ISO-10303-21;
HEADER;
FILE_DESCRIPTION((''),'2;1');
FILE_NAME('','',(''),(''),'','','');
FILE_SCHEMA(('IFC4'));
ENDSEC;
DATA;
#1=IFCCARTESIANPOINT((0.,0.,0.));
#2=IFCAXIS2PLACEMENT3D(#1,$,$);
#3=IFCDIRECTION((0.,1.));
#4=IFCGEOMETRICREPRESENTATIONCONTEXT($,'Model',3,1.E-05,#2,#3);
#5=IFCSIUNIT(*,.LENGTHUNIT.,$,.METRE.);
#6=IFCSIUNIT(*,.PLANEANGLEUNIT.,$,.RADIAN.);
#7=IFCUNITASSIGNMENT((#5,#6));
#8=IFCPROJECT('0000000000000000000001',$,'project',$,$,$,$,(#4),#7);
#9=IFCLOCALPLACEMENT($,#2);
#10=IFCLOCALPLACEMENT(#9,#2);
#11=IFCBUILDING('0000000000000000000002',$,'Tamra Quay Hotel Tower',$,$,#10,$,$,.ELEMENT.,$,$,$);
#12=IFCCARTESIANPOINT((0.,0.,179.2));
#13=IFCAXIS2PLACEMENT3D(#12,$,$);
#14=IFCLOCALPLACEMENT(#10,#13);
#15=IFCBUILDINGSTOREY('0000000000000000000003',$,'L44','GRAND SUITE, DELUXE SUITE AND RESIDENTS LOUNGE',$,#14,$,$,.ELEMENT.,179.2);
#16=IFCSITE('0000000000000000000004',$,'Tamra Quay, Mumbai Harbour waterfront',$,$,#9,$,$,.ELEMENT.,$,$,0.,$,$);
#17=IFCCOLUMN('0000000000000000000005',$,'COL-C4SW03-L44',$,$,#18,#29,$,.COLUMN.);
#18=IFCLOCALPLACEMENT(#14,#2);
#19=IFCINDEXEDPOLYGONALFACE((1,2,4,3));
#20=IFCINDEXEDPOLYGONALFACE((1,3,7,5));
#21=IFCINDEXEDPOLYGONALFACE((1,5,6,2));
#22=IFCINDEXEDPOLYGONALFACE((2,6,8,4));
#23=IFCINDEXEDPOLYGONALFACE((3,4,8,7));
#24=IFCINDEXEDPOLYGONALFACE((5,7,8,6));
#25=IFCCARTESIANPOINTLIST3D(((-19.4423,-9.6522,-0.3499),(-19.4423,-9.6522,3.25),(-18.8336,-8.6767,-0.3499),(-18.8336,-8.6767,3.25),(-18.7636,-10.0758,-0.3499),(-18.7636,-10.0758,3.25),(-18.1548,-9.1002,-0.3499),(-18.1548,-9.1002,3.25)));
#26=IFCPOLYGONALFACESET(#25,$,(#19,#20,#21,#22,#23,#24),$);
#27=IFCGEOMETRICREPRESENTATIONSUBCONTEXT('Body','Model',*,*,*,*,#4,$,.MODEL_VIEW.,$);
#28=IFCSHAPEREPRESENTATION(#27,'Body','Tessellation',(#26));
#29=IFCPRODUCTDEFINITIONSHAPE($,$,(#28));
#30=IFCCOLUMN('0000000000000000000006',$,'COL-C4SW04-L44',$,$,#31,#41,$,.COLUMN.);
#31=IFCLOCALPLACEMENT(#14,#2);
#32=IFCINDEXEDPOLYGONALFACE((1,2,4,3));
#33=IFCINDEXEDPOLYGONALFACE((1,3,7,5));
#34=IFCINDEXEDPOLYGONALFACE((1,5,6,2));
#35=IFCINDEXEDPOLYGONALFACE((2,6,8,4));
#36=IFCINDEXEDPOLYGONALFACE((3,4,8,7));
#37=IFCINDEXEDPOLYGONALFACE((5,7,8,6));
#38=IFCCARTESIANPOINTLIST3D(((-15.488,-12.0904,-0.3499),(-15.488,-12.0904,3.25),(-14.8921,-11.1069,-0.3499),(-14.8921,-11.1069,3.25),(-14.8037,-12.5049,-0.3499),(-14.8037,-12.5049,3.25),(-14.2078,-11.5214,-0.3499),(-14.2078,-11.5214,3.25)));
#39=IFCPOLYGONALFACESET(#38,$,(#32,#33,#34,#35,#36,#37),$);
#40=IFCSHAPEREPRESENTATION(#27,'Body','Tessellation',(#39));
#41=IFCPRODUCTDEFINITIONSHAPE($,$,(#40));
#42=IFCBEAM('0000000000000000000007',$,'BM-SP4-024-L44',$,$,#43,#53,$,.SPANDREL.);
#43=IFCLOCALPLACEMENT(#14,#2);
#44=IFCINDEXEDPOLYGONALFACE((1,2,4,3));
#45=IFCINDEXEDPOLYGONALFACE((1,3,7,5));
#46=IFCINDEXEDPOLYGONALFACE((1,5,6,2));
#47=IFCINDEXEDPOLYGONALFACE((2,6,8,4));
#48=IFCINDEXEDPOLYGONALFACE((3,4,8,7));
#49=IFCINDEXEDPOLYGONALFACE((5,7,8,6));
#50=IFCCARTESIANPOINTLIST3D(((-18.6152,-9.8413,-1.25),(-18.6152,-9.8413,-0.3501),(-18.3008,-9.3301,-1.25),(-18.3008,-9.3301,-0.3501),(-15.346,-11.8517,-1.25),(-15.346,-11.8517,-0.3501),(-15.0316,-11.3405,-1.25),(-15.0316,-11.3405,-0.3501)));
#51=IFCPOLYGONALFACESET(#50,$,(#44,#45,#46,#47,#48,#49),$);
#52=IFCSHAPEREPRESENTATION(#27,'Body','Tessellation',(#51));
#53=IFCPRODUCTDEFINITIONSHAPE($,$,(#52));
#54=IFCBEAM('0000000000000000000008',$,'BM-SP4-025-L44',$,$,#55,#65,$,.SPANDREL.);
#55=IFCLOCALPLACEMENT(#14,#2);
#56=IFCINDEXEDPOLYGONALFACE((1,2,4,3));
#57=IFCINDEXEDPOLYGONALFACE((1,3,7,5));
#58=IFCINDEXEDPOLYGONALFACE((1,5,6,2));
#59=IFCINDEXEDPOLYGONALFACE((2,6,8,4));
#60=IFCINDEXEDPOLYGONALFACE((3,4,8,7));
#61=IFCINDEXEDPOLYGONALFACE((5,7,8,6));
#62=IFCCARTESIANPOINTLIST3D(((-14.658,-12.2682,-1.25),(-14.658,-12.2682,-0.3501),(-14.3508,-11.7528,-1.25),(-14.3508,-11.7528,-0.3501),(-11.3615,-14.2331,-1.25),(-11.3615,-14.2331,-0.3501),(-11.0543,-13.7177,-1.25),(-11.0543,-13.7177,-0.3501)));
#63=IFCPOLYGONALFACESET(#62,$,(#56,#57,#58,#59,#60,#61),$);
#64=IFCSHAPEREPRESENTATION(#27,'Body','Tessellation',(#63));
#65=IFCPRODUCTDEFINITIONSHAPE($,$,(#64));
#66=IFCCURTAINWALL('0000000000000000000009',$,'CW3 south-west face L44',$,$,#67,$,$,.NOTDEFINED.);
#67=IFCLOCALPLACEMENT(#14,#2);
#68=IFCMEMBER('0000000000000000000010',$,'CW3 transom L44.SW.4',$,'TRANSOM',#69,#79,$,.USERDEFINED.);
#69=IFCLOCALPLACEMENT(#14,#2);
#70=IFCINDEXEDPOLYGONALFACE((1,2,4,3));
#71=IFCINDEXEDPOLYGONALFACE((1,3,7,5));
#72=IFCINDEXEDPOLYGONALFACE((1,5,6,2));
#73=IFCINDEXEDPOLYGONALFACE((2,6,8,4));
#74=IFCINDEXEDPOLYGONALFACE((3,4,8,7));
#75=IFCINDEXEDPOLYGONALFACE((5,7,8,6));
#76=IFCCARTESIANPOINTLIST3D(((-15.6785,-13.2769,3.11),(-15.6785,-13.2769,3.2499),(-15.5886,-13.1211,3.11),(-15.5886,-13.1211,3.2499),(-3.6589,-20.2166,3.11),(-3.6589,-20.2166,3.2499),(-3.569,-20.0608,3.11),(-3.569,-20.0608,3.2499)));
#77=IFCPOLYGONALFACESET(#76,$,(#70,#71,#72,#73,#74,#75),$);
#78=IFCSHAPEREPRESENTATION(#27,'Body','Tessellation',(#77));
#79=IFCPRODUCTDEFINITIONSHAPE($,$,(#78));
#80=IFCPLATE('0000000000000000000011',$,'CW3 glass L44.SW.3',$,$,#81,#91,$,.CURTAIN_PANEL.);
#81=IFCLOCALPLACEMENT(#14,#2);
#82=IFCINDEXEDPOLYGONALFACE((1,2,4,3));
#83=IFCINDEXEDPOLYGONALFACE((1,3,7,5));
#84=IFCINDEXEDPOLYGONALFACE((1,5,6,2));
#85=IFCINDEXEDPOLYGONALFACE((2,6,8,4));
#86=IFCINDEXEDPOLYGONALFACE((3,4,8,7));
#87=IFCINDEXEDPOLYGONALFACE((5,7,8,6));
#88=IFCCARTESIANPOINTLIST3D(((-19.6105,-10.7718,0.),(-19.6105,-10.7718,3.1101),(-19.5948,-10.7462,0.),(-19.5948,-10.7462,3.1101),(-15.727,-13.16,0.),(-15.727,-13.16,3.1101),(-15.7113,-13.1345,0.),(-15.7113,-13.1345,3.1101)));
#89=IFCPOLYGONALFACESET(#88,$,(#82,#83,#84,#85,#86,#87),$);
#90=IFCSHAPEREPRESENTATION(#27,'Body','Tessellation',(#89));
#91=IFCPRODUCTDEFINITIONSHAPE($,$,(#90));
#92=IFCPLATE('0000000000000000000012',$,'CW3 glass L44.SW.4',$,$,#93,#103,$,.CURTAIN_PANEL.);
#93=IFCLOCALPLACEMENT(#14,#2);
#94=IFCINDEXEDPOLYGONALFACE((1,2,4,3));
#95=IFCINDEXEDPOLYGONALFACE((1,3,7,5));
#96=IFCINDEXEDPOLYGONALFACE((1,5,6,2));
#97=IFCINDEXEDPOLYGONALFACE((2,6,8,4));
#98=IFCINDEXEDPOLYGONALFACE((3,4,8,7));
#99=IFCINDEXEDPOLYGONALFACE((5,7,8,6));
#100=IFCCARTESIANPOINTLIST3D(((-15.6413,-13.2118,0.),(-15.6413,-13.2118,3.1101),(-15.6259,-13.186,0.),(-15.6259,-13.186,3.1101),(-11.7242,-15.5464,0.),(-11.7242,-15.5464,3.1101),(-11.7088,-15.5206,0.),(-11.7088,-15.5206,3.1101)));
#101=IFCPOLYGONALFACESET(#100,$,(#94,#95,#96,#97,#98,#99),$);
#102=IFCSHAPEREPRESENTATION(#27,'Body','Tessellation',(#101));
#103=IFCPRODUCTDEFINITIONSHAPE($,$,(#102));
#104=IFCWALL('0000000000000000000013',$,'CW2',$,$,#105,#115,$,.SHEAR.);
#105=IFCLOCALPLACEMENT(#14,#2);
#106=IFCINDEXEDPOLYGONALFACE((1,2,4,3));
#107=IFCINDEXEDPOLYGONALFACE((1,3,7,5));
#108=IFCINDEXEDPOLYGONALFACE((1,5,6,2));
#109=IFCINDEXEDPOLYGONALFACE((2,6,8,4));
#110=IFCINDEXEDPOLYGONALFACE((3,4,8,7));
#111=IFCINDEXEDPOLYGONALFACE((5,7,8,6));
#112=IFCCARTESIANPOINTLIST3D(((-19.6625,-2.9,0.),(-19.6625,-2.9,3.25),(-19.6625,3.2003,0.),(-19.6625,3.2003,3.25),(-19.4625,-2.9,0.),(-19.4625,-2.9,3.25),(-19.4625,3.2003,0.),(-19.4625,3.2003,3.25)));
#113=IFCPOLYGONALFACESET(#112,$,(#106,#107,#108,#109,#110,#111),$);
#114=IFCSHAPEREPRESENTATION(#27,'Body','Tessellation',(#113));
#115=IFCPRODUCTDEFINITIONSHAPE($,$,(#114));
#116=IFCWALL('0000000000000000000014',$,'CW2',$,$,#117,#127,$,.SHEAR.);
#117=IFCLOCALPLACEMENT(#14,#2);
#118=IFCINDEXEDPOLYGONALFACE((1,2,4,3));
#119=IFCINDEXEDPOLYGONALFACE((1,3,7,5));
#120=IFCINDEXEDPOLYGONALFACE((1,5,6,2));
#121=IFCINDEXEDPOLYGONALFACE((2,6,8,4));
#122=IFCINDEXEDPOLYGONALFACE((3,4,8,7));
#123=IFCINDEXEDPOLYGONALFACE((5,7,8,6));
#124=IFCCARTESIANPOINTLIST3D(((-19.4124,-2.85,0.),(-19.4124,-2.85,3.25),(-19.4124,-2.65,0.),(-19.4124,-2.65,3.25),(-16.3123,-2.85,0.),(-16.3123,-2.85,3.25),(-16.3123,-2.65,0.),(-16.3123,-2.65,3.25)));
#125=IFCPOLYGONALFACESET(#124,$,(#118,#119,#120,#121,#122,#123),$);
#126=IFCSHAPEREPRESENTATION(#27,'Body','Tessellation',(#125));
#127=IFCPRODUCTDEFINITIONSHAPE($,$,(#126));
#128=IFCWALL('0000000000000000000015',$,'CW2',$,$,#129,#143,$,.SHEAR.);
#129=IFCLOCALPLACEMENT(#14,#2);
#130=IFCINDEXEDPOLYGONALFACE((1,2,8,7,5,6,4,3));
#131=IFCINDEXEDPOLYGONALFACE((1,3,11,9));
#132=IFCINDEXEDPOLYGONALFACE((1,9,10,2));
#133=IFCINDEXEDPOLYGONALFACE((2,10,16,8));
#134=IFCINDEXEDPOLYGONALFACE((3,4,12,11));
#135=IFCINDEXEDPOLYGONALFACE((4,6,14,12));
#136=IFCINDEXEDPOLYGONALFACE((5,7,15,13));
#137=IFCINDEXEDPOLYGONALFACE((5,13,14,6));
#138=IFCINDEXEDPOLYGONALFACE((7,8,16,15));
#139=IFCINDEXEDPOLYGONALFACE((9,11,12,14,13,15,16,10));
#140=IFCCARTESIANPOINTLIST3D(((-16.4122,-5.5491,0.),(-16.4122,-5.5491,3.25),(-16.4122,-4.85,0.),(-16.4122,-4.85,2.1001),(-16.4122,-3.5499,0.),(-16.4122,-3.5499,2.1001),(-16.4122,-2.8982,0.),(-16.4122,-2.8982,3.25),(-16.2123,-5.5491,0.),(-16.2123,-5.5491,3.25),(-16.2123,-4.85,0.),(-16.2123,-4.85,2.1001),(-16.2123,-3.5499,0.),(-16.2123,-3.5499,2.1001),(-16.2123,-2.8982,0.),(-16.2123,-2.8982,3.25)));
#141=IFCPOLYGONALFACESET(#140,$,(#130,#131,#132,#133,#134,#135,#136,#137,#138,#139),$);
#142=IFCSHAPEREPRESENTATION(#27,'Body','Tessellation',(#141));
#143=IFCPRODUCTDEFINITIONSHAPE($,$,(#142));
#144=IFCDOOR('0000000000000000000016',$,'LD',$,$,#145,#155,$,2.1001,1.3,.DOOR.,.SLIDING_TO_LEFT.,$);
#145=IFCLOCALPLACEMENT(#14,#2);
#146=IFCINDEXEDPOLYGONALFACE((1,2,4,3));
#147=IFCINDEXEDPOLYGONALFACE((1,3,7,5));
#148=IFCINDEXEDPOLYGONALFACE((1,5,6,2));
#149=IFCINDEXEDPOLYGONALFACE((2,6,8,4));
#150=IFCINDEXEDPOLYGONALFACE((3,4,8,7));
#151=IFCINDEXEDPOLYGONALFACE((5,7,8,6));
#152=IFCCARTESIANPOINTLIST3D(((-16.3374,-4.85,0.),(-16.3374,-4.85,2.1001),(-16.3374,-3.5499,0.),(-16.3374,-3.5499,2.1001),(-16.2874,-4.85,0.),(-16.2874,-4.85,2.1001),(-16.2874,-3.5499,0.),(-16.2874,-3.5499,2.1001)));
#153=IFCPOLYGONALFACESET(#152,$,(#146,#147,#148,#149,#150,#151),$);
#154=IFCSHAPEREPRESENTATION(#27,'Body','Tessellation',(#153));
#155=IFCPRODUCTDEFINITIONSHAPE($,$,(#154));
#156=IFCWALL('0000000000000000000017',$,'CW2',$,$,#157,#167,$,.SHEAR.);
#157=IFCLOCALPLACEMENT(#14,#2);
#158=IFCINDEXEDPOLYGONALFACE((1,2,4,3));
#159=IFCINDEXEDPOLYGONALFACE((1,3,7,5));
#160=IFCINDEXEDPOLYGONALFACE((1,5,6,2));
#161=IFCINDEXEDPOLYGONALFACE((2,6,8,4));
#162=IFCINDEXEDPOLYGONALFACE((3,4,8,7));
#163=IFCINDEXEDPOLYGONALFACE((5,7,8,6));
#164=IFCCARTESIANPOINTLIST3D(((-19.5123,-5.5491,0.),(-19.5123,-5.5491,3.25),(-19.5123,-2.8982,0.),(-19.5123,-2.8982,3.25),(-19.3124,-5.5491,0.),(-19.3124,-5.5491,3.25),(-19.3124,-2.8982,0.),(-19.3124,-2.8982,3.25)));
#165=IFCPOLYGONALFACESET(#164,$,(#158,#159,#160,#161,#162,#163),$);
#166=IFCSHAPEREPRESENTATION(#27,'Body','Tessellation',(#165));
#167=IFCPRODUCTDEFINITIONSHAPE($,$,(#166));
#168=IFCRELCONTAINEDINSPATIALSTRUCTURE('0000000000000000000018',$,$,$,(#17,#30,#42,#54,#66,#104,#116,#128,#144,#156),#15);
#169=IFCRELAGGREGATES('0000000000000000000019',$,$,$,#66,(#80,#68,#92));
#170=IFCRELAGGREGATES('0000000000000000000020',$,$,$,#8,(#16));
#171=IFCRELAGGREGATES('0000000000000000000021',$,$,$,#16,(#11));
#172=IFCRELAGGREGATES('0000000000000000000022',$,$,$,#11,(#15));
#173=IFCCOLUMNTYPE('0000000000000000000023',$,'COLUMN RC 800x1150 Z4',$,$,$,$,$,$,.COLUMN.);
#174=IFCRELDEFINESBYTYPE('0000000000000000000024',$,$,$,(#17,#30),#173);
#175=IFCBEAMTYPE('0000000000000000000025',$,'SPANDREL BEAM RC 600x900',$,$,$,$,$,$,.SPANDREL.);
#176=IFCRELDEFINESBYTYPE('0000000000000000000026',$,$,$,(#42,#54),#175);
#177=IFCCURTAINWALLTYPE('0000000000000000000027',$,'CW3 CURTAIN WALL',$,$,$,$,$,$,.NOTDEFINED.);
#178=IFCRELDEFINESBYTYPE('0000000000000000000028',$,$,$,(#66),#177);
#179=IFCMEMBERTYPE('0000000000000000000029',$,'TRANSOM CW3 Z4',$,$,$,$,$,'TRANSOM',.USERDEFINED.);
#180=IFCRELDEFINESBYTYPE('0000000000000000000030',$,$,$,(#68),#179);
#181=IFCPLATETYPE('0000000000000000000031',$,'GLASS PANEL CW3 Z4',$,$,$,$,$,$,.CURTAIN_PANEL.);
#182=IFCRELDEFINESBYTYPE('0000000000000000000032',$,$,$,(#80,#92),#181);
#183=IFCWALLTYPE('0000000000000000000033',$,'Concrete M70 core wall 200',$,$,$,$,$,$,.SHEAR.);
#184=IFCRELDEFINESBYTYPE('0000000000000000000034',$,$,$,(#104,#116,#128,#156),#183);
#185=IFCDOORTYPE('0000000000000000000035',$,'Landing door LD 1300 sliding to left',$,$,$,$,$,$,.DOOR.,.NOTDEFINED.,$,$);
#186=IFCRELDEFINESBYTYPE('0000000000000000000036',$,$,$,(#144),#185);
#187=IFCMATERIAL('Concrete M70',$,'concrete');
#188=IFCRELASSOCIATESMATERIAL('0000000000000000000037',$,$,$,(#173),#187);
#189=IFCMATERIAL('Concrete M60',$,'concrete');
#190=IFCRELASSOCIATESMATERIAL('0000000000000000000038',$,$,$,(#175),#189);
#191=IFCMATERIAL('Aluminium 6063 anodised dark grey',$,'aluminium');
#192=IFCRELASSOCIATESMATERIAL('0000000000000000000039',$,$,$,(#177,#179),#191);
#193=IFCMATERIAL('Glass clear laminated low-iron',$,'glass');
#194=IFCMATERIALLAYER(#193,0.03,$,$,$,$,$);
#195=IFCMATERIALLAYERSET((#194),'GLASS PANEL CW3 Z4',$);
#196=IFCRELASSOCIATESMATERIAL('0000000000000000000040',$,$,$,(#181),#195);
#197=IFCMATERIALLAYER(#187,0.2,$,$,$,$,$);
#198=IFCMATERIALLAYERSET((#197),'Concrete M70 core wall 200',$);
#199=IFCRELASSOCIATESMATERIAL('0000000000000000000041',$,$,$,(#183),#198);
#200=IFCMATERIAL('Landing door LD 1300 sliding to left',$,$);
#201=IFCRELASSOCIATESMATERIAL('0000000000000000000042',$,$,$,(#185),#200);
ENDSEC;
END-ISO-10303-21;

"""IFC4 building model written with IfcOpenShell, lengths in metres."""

from ifc_helpers import new_model, si_unit, direction, frame, frame_2d, origin, origin_2d, place, context, subcontext, project, spatial, rectangle, extrude, material, layer, layer_set, material_profile, profile_set, type_object, element, fill, aggregate, save


model = new_model("IFC4")

# Units and contexts
model_context = context("Model", 3, precision=1e-05, world=origin(), true_north=direction((0.0, 1.0)))
body_context = subcontext(model_context, "Body", "Model", "MODEL_VIEW")
ifc_project = project(units=[si_unit("LENGTHUNIT", "METRE"), si_unit("PLANEANGLEUNIT", "RADIAN")], contexts=[model_context])

# Site, building, storey
site_placement = place(None, origin())
site = spatial("IfcSite", under=ifc_project, at=site_placement, Name="Tamra Quay, Mumbai Harbour waterfront", CompositionType="ELEMENT", RefElevation=0.0)
building_placement = place(site_placement, origin())
building = spatial("IfcBuilding", under=site, at=building_placement, Name="Tamra Quay Hotel Tower", CompositionType="ELEMENT")
storey_placement = place(building_placement, frame((0.0, 0.0, 179.2)))
storey = spatial("IfcBuildingStorey", under=building, at=storey_placement, Name="L44", Description="GRAND SUITE, DELUXE SUITE AND RESIDENTS LOUNGE", CompositionType="ELEMENT", Elevation=179.2)

# Columns
ifc_material_1 = material(Name="Concrete M70", Category="concrete")
ifc_material_profile_1 = material_profile(ifc_material_1, rectangle(XDim=1.1499, YDim=0.8, at=origin_2d()), Name="COLUMN RC 800x1150 Z4")
ifc_profile_set_1 = profile_set([ifc_material_profile_1], Name="Concrete M70")
column_type = type_object("IfcColumnType", Name="COLUMN RC 800x1150 Z4", PredefinedType="COLUMN", material=ifc_profile_set_1)
for number, where, z_axis, x_axis, name in (
    (1, (-18.7986, -9.3762, -0.3499), (0.0, 0.0, 1.0), (0.52941, 0.848366, 0.0), "COL-C4SW03-L44"),
    (2, (-14.8479, -11.8059, -0.3499), (0.0, 0.0, 1.0), (0.518175, 0.855275, 0.0), "COL-C4SW04-L44"),
):
    element("IfcColumn", number, at=place(storey_placement, frame(where, z_axis=z_axis, x_axis=x_axis)), inside=storey, type_object=column_type, Name=name, PredefinedType="COLUMN", context=body_context, shape_type="SweptSolid", body=[
        extrude(rectangle(XDim=1.1499, YDim=0.8, at=origin_2d()), origin(), (0.0, 0.0, 1.0), 3.5999),
    ])

# Beams
ifc_material_2 = material(Name="Concrete M60", Category="concrete")
ifc_material_profile_2 = material_profile(ifc_material_2, rectangle(XDim=0.6001, YDim=0.8999, at=origin_2d()), Name="SPANDREL BEAM RC 600x900")
ifc_profile_set_2 = profile_set([ifc_material_profile_2], Name="Concrete M60")
beam_type = type_object("IfcBeamType", Name="SPANDREL BEAM RC 600x900", PredefinedType="SPANDREL", material=ifc_profile_set_2)
beam_1_placement = place(storey_placement, frame((-18.458, -9.5857, -0.8), z_axis=(0.851818, -0.523838, 0.0), x_axis=(0.523838, 0.851818, 0.0)))
element("IfcBeam", 3, at=beam_1_placement, inside=storey, type_object=beam_type, Name="BM-SP4-024-L44", PredefinedType="SPANDREL", context=body_context, shape_type="SweptSolid", body=[
    extrude(rectangle(XDim=0.6001, YDim=0.8999, at=origin_2d()), origin(), (0.0, 0.0, 1.0), 3.8379),
])
beam_2_placement = place(storey_placement, frame((-14.5044, -12.0105, -0.8), z_axis=(0.858982, -0.512005, 0.0), x_axis=(0.512005, 0.858982, 0.0)))
element("IfcBeam", 4, at=beam_2_placement, inside=storey, type_object=beam_type, Name="BM-SP4-025-L44", PredefinedType="SPANDREL", context=body_context, shape_type="SweptSolid", body=[
    extrude(rectangle(XDim=0.6001, YDim=0.8999, at=origin_2d()), origin(), (0.0, 0.0, 1.0), 3.8376),
])

# Curtain wall, member, plates
ifc_material_3 = material(Name="Aluminium 6063 anodised dark grey", Category="aluminium")
curtain_wall_type = type_object("IfcCurtainWallType", Name="CW3 CURTAIN WALL", PredefinedType="NOTDEFINED", material=ifc_material_3)
curtain_wall_placement = place(storey_placement, origin())
curtain_wall = element("IfcCurtainWall", 5, at=curtain_wall_placement, inside=storey, type_object=curtain_wall_type, Name="CW3 south-west face L44", PredefinedType="NOTDEFINED")
ifc_material_profile_3 = material_profile(ifc_material_3, rectangle(XDim=0.1799, YDim=0.1399, at=origin_2d()), Name="TRANSOM 180X140")
ifc_profile_set_3 = profile_set([ifc_material_profile_3], Name="Aluminium 6063 anodised dark grey")
member_type = type_object("IfcMemberType", Name="TRANSOM CW3 Z4", ElementType="TRANSOM", PredefinedType="USERDEFINED", material=ifc_profile_set_3)
member_placement = place(storey_placement, frame((-15.6335, -13.199, 3.1799), z_axis=(0.866019, -0.500012, 0.0), x_axis=(0.500012, 0.866019, 0.0)))
member = element("IfcMember", 6, at=member_placement, type_object=member_type, Name="CW3 transom L44.SW.4", ObjectType="TRANSOM", PredefinedType="USERDEFINED", context=body_context, shape_type="SweptSolid", body=[
    extrude(rectangle(XDim=0.1799, YDim=0.1399, at=origin_2d()), origin(), (0.0, 0.0, 1.0), 13.8792),
])
ifc_material_4 = material(Name="Glass clear laminated low-iron", Category="glass")
ifc_layer_1 = layer(ifc_material_4, 0.03)
ifc_layer_set_1 = layer_set([ifc_layer_1], Name="GLASS PANEL CW3 Z4")
plate_type = type_object("IfcPlateType", Name="GLASS PANEL CW3 Z4", PredefinedType="CURTAIN_PANEL", material=ifc_layer_set_1)
plate_1_placement = place(storey_placement, frame((-17.6609, -11.9531, 0.0), z_axis=(0.0, 0.0, 1.0), x_axis=(0.851815, -0.523843, 0.0)))
plate_1 = element("IfcPlate", 7, at=plate_1_placement, type_object=plate_type, Name="CW3 glass L44.SW.3", PredefinedType="CURTAIN_PANEL", context=body_context, shape_type="SweptSolid", body=[
    extrude(rectangle(XDim=4.5591, YDim=0.03, at=origin_2d()), origin(), (0.0, 0.0, 1.0), 3.1101),
])
plate_2_placement = place(storey_placement, frame((-13.675, -14.3662, 0.0), z_axis=(0.0, 0.0, 1.0), x_axis=(0.858999, -0.511977, 0.0)))
plate_2 = element("IfcPlate", 8, at=plate_2_placement, type_object=plate_type, Name="CW3 glass L44.SW.4", PredefinedType="CURTAIN_PANEL", context=body_context, shape_type="SweptSolid", body=[
    extrude(rectangle(XDim=4.5601, YDim=0.03, at=origin_2d()), origin(), (0.0, 0.0, 1.0), 3.1101),
])
aggregate(curtain_wall, [plate_1, member, plate_2])

# Walls
ifc_layer_2 = layer(ifc_material_1, 0.2)
ifc_layer_set_2 = layer_set([ifc_layer_2], Name="Concrete M70 core wall 200")
wall_type_1 = type_object("IfcWallType", Name="Concrete M70 core wall 200", PredefinedType="SHEAR", material=ifc_layer_set_2)
wall_1_placement = place(storey_placement, frame((-19.5625, -2.9001, 0.0), z_axis=(0.0, 0.0, 1.0), x_axis=(0.0, 1.0, 0.0)))
element("IfcWall", 9, at=wall_1_placement, inside=storey, type_object=wall_type_1, Name="CW2", PredefinedType="SHEAR", context=body_context, shape_type="SweptSolid", body=[
    extrude(rectangle(XDim=6.1003, YDim=0.2, at=frame_2d((3.0503, 0.0))), origin(), (0.0, 0.0, 1.0), 3.25),
])
wall_2_placement = place(storey_placement, frame((-19.4124, -2.75, 0.0), z_axis=(0.0, 0.0, 1.0), x_axis=(1.0, 0.0, 0.0)))
element("IfcWall", 10, at=wall_2_placement, inside=storey, type_object=wall_type_1, Name="CW2", PredefinedType="SHEAR", context=body_context, shape_type="SweptSolid", body=[
    extrude(rectangle(XDim=3.1001, YDim=0.2, at=frame_2d((1.55, 0.0))), origin(), (0.0, 0.0, 1.0), 3.25),
])

# Wall, opening, door
wall_3_placement = place(storey_placement, frame((-16.3123, -2.8982, 0.0), z_axis=(0.0, 0.0, 1.0), x_axis=(0.0, -1.0, 0.0)))
wall_3 = element("IfcWall", 11, at=wall_3_placement, inside=storey, type_object=wall_type_1, Name="CW2", PredefinedType="SHEAR", context=body_context, shape_type="SweptSolid", body=[
    extrude(rectangle(XDim=2.6509, YDim=0.2, at=frame_2d((1.3254, 0.0))), origin(), (0.0, 0.0, 1.0), 3.25),
])
opening_1_placement = place(wall_3_placement, frame((0.6519, 0.0, 0.0)))
opening_1 = element("IfcOpeningElement", 12, at=opening_1_placement, cuts=wall_3, PredefinedType="OPENING", context=body_context, shape_type="SweptSolid", body=[
    extrude(rectangle(XDim=1.3, YDim=2.1001, at=frame_2d((0.6499, 1.05))), frame((0.0, 0.1099, 0.0), z_axis=(0.0, -1.0, 0.0), x_axis=(1.0, 0.0, 0.0)), (0.0, 0.0, 1.0), 0.22),
])
ifc_material_5 = material(Name="Landing door LD 1300 sliding to left")
door_type_1 = type_object("IfcDoorType", Name="Landing door LD 1300 sliding to left", OperationType="NOTDEFINED", PredefinedType="DOOR", material=ifc_material_5)
door_1_placement = place(opening_1_placement, origin())
door_1 = element("IfcDoor", 13, at=door_1_placement, inside=storey, type_object=door_type_1, Name="LD", OperationType="SLIDING_TO_LEFT", OverallHeight=2.1001, OverallWidth=1.3, PredefinedType="DOOR", context=body_context, shape_type="SweptSolid", body=[
    extrude(rectangle(XDim=1.3, YDim=2.1001, at=frame_2d((0.6499, 1.05))), frame((0.0, 0.0249, 0.0), z_axis=(0.0, -1.0, 0.0), x_axis=(1.0, 0.0, 0.0)), (0.0, 0.0, 1.0), 0.05),
])
fill(opening_1, door_1)

# Wall
wall_4_placement = place(storey_placement, frame((-19.4124, -5.5491, 0.0), z_axis=(0.0, 0.0, 1.0), x_axis=(0.0, 1.0, 0.0)))
element("IfcWall", 14, at=wall_4_placement, inside=storey, type_object=wall_type_1, Name="CW2", PredefinedType="SHEAR", context=body_context, shape_type="SweptSolid", body=[
    extrude(rectangle(XDim=2.6509, YDim=0.2, at=frame_2d((1.3254, 0.0))), origin(), (0.0, 0.0, 1.0), 3.25),
])

save(model, "model.ifc")
